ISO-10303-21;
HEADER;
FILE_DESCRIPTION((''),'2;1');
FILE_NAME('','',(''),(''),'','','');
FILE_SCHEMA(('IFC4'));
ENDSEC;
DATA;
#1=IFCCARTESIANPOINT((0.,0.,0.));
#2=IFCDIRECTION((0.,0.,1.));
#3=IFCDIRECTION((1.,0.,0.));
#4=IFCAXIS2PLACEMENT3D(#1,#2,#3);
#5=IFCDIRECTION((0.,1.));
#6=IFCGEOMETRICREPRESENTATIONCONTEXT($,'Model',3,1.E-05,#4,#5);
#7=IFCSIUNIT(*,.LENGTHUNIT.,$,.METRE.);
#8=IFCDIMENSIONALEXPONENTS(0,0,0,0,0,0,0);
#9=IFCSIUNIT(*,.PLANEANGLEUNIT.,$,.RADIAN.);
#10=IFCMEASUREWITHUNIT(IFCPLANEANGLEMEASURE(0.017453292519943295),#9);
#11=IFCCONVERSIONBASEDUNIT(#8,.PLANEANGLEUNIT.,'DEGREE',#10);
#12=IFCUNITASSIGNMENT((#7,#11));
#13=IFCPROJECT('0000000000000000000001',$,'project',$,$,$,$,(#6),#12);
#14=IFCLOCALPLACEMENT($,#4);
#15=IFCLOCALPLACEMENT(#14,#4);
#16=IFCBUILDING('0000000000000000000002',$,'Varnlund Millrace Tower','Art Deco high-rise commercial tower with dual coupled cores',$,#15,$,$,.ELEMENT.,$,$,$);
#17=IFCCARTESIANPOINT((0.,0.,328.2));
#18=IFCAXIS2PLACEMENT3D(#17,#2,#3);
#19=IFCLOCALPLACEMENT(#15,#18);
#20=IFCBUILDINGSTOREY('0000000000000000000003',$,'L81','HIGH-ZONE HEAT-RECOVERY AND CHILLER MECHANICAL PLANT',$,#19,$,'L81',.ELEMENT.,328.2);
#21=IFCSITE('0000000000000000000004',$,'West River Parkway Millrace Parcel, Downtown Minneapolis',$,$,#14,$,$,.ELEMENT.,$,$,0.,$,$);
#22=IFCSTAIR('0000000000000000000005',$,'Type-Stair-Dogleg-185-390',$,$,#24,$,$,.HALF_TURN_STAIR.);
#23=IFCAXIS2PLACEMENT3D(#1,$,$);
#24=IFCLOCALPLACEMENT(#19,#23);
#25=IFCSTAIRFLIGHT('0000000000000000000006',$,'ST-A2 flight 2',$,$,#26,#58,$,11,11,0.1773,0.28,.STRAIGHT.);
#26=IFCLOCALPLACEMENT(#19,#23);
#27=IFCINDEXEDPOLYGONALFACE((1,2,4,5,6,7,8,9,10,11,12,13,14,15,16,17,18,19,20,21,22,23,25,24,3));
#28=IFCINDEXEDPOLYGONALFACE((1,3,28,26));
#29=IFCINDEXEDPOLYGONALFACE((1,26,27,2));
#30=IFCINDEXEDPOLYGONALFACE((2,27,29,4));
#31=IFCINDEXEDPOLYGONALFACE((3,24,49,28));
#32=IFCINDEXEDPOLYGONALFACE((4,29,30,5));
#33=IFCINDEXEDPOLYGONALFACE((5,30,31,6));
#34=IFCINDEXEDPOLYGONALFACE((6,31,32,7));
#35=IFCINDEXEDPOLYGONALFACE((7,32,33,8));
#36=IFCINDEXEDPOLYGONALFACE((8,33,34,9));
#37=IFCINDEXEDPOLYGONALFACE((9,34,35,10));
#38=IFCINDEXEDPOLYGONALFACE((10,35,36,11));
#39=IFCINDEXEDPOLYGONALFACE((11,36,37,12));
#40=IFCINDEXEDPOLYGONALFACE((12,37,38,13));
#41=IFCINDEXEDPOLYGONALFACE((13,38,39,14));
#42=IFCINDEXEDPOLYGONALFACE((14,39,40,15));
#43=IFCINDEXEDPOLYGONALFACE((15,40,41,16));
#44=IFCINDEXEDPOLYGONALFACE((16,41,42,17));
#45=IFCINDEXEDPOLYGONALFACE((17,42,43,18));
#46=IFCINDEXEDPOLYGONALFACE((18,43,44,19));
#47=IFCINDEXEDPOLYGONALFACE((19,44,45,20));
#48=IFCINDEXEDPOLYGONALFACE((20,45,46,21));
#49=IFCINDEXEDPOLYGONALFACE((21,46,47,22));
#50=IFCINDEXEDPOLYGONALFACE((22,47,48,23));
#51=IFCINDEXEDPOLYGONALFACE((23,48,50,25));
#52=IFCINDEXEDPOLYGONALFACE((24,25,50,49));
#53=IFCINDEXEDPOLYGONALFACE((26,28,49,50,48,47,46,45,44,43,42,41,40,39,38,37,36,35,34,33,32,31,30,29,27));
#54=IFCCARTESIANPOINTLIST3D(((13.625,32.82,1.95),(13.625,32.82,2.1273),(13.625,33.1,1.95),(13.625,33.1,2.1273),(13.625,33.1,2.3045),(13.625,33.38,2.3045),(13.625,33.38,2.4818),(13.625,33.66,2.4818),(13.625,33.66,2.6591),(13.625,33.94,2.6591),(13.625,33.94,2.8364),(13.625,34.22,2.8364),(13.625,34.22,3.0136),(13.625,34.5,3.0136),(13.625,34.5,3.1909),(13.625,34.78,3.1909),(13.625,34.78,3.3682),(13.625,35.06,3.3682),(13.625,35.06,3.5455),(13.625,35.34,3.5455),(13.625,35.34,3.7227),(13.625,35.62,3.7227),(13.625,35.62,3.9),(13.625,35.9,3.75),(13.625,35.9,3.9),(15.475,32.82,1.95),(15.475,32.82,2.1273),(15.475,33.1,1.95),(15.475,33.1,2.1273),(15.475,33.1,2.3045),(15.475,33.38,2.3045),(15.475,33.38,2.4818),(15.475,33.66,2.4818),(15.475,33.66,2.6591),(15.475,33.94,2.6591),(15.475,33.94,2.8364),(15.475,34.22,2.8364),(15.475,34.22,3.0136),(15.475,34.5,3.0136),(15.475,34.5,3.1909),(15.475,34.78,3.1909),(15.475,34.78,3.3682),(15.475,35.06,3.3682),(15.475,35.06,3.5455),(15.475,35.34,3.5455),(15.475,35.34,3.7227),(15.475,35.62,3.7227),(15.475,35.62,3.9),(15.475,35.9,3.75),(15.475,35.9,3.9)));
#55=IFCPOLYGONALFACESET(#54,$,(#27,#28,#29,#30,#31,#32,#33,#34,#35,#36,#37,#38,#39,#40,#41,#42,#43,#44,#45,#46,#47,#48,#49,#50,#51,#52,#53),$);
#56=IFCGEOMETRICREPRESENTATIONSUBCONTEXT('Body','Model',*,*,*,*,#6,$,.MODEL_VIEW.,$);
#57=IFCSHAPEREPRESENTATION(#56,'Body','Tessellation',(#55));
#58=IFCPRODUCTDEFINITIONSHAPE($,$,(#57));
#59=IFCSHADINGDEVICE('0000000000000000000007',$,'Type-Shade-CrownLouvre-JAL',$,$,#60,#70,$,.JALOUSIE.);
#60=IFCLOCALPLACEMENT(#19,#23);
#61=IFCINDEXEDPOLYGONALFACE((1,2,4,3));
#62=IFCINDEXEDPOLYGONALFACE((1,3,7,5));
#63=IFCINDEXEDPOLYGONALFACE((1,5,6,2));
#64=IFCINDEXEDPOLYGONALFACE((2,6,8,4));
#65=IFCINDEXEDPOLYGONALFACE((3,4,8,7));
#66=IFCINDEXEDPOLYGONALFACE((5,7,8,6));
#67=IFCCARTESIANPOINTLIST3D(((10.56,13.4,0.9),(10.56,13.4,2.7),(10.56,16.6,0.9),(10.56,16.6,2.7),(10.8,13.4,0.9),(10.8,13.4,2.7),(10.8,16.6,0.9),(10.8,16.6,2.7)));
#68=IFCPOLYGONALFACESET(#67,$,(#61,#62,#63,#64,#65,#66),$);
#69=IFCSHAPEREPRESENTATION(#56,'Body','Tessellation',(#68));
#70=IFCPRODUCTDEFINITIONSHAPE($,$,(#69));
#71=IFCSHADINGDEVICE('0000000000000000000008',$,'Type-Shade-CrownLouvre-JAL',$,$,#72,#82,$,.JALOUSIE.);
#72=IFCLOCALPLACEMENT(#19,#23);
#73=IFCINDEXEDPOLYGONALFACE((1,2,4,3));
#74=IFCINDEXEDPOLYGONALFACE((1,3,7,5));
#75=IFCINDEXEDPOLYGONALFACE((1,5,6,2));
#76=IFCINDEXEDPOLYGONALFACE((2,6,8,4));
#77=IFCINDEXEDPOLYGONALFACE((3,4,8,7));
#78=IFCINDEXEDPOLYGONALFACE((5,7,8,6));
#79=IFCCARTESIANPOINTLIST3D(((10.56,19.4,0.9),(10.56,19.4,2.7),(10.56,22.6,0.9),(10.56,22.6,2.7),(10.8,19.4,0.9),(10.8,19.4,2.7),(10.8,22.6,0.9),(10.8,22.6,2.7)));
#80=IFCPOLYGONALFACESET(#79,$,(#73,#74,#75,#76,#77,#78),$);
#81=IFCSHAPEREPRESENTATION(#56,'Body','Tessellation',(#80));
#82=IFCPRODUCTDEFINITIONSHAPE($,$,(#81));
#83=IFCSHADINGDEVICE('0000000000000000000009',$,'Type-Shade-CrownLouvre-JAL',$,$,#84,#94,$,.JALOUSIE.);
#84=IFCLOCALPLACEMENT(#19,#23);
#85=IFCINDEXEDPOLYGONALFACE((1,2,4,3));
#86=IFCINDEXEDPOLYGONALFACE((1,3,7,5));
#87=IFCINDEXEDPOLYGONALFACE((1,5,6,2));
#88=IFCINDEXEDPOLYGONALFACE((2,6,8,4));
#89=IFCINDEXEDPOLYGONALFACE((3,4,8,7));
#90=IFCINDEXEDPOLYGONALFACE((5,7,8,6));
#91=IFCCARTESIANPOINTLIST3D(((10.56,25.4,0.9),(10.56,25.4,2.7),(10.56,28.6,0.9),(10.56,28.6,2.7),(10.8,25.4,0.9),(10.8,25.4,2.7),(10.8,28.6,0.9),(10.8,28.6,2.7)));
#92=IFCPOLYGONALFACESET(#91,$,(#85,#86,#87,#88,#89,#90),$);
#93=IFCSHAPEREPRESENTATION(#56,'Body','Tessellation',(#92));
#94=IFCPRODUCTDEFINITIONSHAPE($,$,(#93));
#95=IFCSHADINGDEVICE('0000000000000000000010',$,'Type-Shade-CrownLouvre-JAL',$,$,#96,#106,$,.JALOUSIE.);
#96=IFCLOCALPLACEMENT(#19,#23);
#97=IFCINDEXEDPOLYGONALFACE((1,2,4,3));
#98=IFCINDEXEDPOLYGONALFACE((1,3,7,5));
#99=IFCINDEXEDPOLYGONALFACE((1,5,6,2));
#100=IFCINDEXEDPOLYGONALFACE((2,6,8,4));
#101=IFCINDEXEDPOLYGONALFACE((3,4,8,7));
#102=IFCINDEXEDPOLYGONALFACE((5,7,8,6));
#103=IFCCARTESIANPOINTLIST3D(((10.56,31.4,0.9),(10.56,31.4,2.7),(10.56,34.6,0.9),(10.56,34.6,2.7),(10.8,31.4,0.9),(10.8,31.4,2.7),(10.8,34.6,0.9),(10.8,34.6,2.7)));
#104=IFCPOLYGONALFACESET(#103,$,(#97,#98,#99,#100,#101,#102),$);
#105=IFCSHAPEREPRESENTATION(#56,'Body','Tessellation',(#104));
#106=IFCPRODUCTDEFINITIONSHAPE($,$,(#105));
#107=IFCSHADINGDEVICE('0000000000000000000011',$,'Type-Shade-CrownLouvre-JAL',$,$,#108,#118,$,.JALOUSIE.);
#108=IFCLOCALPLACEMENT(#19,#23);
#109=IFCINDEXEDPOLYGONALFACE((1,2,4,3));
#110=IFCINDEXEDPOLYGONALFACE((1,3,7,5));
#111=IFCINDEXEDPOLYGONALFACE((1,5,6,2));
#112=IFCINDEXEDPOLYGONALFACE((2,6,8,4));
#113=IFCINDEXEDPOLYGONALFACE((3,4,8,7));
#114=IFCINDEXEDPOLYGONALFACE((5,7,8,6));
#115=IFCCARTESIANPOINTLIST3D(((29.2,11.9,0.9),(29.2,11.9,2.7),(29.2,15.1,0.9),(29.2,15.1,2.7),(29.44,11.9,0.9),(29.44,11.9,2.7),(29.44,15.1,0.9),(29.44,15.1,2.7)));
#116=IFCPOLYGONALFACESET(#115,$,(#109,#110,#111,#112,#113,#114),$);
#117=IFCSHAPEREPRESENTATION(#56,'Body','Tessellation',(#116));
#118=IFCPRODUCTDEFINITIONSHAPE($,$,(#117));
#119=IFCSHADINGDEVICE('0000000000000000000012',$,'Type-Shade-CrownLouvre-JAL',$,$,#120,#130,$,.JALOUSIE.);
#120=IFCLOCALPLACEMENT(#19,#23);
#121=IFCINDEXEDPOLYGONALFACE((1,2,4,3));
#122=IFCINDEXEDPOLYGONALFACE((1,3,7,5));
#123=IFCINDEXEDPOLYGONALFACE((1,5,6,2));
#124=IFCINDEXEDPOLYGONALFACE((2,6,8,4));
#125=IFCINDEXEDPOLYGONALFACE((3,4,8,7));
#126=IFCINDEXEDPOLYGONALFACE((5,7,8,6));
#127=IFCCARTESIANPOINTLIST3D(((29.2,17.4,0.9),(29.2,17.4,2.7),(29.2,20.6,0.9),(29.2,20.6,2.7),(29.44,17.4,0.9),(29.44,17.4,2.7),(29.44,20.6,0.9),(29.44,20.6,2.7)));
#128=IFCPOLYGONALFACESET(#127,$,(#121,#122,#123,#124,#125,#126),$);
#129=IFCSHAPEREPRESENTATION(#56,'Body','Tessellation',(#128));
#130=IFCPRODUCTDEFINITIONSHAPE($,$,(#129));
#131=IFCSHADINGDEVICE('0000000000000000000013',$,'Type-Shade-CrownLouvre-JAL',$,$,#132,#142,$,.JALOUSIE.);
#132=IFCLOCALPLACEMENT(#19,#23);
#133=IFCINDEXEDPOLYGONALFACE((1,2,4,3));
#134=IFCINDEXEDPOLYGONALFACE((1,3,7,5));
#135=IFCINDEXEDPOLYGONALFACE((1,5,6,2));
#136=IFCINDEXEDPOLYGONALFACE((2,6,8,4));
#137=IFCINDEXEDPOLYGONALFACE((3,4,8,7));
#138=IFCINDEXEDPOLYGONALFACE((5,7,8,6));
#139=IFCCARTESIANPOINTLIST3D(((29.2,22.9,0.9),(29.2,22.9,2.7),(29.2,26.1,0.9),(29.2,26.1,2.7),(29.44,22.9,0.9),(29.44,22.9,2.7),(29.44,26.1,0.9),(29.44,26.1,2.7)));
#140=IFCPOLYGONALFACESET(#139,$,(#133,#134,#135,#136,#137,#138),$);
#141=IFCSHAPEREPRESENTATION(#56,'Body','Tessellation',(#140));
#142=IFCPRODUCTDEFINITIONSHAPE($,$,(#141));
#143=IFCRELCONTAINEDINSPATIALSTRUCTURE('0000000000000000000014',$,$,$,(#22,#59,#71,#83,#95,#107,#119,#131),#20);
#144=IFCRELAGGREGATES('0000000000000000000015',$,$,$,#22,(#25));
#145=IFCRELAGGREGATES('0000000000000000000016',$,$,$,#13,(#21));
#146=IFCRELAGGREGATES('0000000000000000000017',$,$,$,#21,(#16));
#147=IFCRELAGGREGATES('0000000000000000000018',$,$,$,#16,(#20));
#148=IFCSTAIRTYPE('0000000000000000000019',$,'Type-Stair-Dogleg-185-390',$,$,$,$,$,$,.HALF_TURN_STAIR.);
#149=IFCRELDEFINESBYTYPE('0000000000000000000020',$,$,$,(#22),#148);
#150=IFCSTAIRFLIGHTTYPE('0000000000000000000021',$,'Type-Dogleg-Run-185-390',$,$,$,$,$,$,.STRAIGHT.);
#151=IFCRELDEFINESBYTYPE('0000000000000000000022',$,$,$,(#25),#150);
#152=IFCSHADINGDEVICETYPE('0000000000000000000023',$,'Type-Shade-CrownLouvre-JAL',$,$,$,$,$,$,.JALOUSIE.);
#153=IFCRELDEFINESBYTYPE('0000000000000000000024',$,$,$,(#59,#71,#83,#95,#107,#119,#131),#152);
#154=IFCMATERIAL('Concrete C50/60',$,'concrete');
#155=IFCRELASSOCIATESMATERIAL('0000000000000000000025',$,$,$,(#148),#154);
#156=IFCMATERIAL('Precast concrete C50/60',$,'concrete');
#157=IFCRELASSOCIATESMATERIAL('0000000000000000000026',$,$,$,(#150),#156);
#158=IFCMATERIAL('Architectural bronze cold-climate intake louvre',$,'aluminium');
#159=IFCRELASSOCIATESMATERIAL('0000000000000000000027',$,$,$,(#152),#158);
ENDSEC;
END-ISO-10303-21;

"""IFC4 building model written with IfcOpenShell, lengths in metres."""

from ifc_helpers import new_model, entity, si_unit, converted_unit, direction, frame, origin_with_axes, origin_2d_with_axis, place, context, subcontext, project, spatial, polyline, rectangle, outline, extrude, material, type_object, element, aggregate, save


model = new_model("IFC4")

# Units and contexts
model_context = context("Model", 3, precision=1e-05, world=origin_with_axes(), true_north=direction((0.0, 1.0)))
body_context = subcontext(model_context, "Body", "Model", "MODEL_VIEW")
ifc_project = project(units=[si_unit("LENGTHUNIT", "METRE"), converted_unit("PLANEANGLEUNIT", "DEGREE", entity("IfcPlaneAngleMeasure", 0.017453292519943295), si_unit("PLANEANGLEUNIT", "RADIAN"), dimensions=[0, 0, 0, 0, 0, 0, 0])], contexts=[model_context])

# Site, building, storey
site_placement = place(None, origin_with_axes())
site = spatial("IfcSite", under=ifc_project, at=site_placement, Name="West River Parkway Millrace Parcel, Downtown Minneapolis", CompositionType="ELEMENT", RefElevation=0.0)
building_placement = place(site_placement, origin_with_axes())
building = spatial("IfcBuilding", under=site, at=building_placement, Name="Varnlund Millrace Tower", Description="Art Deco high-rise commercial tower with dual coupled cores", CompositionType="ELEMENT")
storey_placement = place(building_placement, frame((0.0, 0.0, 328.2), z_axis=(0.0, 0.0, 1.0), x_axis=(1.0, 0.0, 0.0)))
storey = spatial("IfcBuildingStorey", under=building, at=storey_placement, Name="L81", Description="HIGH-ZONE HEAT-RECOVERY AND CHILLER MECHANICAL PLANT", LongName="L81", CompositionType="ELEMENT", Elevation=328.2)

# Stair
ifc_material_1 = material(Name="Concrete C50/60", Category="concrete")
stair_type = type_object("IfcStairType", Name="Type-Stair-Dogleg-185-390", PredefinedType="HALF_TURN_STAIR", material=ifc_material_1)
stair_1_placement = place(storey_placement, origin_with_axes())
stair_1 = element("IfcStair", 1, at=stair_1_placement, inside=storey, type_object=stair_type, Name="Type-Stair-Dogleg-185-390", PredefinedType="HALF_TURN_STAIR")

# Shared definitions
ifc_material_2 = material(Name="Precast concrete C50/60", Category="concrete")

# Stair flight
stair_flight_type = type_object("IfcStairFlightType", Name="Type-Dogleg-Run-185-390", PredefinedType="STRAIGHT", material=ifc_material_2)
stair_flight_1_placement = place(storey_placement, frame((13.625, 32.82, 1.95), z_axis=(1.0, 0.0, 0.0), x_axis=(0.0, 1.0, 0.0)))
stair_flight_1 = element("IfcStairFlight", 2, at=stair_flight_1_placement, type_object=stair_flight_type, Name="ST-A2 flight 2", NumberOfRisers=11, NumberOfTreads=11, PredefinedType="STRAIGHT", RiserHeight=0.1773, TreadLength=0.28, context=body_context, shape_type="SweptSolid", body=[
    extrude(outline(polyline([(0.0, 0.0), (0.0, 0.1773), (0.28, 0.1773), (0.28, 0.3545), (0.56, 0.3545), (0.56, 0.5318), (0.84, 0.5318), (0.84, 0.7091), (1.12, 0.7091), (1.12, 0.8864), (1.4, 0.8864), (1.4, 1.0636), (1.68, 1.0636), (1.68, 1.2409), (1.96, 1.2409), (1.96, 1.4182), (2.24, 1.4182), (2.24, 1.5955), (2.52, 1.5955), (2.52, 1.7727), (2.8, 1.7727), (2.8, 1.95), (3.08, 1.95), (3.08, 1.8), (0.28, 0.0), (0.0, 0.0)])), origin_with_axes(), (0.0, 0.0, 1.0), 1.85),
])
aggregate(stair_1, [stair_flight_1])

# Shading devices
ifc_material_3 = material(Name="Architectural bronze cold-climate intake louvre", Category="aluminium")
shading_device_type = type_object("IfcShadingDeviceType", Name="Type-Shade-CrownLouvre-JAL", PredefinedType="JALOUSIE", material=ifc_material_3)
for number, where, z_axis, x_axis, name in (
    (3, (10.68, 15.0, 0.9), (0.0, 0.0, 1.0), (0.0, 1.0, 0.0), "Type-Shade-CrownLouvre-JAL"),
    (4, (10.68, 21.0, 0.9), (0.0, 0.0, 1.0), (0.0, 1.0, 0.0), "Type-Shade-CrownLouvre-JAL"),
    (5, (10.68, 27.0, 0.9), (0.0, 0.0, 1.0), (0.0, 1.0, 0.0), "Type-Shade-CrownLouvre-JAL"),
    (6, (10.68, 33.0, 0.9), (0.0, 0.0, 1.0), (0.0, 1.0, 0.0), "Type-Shade-CrownLouvre-JAL"),
    (7, (29.32, 13.5, 0.9), (0.0, 0.0, 1.0), (0.0, 1.0, 0.0), "Type-Shade-CrownLouvre-JAL"),
    (8, (29.32, 19.0, 0.9), (0.0, 0.0, 1.0), (0.0, 1.0, 0.0), "Type-Shade-CrownLouvre-JAL"),
    (9, (29.32, 24.5, 0.9), (0.0, 0.0, 1.0), (0.0, 1.0, 0.0), "Type-Shade-CrownLouvre-JAL"),
):
    element("IfcShadingDevice", number, at=place(storey_placement, frame(where, z_axis=z_axis, x_axis=x_axis)), inside=storey, type_object=shading_device_type, Name=name, PredefinedType="JALOUSIE", context=body_context, shape_type="SweptSolid", body=[
        extrude(rectangle(XDim=3.2, YDim=0.24, at=origin_2d_with_axis()), origin_with_axes(), (0.0, 0.0, 1.0), 1.8),
    ])

save(model, "model.ifc")
